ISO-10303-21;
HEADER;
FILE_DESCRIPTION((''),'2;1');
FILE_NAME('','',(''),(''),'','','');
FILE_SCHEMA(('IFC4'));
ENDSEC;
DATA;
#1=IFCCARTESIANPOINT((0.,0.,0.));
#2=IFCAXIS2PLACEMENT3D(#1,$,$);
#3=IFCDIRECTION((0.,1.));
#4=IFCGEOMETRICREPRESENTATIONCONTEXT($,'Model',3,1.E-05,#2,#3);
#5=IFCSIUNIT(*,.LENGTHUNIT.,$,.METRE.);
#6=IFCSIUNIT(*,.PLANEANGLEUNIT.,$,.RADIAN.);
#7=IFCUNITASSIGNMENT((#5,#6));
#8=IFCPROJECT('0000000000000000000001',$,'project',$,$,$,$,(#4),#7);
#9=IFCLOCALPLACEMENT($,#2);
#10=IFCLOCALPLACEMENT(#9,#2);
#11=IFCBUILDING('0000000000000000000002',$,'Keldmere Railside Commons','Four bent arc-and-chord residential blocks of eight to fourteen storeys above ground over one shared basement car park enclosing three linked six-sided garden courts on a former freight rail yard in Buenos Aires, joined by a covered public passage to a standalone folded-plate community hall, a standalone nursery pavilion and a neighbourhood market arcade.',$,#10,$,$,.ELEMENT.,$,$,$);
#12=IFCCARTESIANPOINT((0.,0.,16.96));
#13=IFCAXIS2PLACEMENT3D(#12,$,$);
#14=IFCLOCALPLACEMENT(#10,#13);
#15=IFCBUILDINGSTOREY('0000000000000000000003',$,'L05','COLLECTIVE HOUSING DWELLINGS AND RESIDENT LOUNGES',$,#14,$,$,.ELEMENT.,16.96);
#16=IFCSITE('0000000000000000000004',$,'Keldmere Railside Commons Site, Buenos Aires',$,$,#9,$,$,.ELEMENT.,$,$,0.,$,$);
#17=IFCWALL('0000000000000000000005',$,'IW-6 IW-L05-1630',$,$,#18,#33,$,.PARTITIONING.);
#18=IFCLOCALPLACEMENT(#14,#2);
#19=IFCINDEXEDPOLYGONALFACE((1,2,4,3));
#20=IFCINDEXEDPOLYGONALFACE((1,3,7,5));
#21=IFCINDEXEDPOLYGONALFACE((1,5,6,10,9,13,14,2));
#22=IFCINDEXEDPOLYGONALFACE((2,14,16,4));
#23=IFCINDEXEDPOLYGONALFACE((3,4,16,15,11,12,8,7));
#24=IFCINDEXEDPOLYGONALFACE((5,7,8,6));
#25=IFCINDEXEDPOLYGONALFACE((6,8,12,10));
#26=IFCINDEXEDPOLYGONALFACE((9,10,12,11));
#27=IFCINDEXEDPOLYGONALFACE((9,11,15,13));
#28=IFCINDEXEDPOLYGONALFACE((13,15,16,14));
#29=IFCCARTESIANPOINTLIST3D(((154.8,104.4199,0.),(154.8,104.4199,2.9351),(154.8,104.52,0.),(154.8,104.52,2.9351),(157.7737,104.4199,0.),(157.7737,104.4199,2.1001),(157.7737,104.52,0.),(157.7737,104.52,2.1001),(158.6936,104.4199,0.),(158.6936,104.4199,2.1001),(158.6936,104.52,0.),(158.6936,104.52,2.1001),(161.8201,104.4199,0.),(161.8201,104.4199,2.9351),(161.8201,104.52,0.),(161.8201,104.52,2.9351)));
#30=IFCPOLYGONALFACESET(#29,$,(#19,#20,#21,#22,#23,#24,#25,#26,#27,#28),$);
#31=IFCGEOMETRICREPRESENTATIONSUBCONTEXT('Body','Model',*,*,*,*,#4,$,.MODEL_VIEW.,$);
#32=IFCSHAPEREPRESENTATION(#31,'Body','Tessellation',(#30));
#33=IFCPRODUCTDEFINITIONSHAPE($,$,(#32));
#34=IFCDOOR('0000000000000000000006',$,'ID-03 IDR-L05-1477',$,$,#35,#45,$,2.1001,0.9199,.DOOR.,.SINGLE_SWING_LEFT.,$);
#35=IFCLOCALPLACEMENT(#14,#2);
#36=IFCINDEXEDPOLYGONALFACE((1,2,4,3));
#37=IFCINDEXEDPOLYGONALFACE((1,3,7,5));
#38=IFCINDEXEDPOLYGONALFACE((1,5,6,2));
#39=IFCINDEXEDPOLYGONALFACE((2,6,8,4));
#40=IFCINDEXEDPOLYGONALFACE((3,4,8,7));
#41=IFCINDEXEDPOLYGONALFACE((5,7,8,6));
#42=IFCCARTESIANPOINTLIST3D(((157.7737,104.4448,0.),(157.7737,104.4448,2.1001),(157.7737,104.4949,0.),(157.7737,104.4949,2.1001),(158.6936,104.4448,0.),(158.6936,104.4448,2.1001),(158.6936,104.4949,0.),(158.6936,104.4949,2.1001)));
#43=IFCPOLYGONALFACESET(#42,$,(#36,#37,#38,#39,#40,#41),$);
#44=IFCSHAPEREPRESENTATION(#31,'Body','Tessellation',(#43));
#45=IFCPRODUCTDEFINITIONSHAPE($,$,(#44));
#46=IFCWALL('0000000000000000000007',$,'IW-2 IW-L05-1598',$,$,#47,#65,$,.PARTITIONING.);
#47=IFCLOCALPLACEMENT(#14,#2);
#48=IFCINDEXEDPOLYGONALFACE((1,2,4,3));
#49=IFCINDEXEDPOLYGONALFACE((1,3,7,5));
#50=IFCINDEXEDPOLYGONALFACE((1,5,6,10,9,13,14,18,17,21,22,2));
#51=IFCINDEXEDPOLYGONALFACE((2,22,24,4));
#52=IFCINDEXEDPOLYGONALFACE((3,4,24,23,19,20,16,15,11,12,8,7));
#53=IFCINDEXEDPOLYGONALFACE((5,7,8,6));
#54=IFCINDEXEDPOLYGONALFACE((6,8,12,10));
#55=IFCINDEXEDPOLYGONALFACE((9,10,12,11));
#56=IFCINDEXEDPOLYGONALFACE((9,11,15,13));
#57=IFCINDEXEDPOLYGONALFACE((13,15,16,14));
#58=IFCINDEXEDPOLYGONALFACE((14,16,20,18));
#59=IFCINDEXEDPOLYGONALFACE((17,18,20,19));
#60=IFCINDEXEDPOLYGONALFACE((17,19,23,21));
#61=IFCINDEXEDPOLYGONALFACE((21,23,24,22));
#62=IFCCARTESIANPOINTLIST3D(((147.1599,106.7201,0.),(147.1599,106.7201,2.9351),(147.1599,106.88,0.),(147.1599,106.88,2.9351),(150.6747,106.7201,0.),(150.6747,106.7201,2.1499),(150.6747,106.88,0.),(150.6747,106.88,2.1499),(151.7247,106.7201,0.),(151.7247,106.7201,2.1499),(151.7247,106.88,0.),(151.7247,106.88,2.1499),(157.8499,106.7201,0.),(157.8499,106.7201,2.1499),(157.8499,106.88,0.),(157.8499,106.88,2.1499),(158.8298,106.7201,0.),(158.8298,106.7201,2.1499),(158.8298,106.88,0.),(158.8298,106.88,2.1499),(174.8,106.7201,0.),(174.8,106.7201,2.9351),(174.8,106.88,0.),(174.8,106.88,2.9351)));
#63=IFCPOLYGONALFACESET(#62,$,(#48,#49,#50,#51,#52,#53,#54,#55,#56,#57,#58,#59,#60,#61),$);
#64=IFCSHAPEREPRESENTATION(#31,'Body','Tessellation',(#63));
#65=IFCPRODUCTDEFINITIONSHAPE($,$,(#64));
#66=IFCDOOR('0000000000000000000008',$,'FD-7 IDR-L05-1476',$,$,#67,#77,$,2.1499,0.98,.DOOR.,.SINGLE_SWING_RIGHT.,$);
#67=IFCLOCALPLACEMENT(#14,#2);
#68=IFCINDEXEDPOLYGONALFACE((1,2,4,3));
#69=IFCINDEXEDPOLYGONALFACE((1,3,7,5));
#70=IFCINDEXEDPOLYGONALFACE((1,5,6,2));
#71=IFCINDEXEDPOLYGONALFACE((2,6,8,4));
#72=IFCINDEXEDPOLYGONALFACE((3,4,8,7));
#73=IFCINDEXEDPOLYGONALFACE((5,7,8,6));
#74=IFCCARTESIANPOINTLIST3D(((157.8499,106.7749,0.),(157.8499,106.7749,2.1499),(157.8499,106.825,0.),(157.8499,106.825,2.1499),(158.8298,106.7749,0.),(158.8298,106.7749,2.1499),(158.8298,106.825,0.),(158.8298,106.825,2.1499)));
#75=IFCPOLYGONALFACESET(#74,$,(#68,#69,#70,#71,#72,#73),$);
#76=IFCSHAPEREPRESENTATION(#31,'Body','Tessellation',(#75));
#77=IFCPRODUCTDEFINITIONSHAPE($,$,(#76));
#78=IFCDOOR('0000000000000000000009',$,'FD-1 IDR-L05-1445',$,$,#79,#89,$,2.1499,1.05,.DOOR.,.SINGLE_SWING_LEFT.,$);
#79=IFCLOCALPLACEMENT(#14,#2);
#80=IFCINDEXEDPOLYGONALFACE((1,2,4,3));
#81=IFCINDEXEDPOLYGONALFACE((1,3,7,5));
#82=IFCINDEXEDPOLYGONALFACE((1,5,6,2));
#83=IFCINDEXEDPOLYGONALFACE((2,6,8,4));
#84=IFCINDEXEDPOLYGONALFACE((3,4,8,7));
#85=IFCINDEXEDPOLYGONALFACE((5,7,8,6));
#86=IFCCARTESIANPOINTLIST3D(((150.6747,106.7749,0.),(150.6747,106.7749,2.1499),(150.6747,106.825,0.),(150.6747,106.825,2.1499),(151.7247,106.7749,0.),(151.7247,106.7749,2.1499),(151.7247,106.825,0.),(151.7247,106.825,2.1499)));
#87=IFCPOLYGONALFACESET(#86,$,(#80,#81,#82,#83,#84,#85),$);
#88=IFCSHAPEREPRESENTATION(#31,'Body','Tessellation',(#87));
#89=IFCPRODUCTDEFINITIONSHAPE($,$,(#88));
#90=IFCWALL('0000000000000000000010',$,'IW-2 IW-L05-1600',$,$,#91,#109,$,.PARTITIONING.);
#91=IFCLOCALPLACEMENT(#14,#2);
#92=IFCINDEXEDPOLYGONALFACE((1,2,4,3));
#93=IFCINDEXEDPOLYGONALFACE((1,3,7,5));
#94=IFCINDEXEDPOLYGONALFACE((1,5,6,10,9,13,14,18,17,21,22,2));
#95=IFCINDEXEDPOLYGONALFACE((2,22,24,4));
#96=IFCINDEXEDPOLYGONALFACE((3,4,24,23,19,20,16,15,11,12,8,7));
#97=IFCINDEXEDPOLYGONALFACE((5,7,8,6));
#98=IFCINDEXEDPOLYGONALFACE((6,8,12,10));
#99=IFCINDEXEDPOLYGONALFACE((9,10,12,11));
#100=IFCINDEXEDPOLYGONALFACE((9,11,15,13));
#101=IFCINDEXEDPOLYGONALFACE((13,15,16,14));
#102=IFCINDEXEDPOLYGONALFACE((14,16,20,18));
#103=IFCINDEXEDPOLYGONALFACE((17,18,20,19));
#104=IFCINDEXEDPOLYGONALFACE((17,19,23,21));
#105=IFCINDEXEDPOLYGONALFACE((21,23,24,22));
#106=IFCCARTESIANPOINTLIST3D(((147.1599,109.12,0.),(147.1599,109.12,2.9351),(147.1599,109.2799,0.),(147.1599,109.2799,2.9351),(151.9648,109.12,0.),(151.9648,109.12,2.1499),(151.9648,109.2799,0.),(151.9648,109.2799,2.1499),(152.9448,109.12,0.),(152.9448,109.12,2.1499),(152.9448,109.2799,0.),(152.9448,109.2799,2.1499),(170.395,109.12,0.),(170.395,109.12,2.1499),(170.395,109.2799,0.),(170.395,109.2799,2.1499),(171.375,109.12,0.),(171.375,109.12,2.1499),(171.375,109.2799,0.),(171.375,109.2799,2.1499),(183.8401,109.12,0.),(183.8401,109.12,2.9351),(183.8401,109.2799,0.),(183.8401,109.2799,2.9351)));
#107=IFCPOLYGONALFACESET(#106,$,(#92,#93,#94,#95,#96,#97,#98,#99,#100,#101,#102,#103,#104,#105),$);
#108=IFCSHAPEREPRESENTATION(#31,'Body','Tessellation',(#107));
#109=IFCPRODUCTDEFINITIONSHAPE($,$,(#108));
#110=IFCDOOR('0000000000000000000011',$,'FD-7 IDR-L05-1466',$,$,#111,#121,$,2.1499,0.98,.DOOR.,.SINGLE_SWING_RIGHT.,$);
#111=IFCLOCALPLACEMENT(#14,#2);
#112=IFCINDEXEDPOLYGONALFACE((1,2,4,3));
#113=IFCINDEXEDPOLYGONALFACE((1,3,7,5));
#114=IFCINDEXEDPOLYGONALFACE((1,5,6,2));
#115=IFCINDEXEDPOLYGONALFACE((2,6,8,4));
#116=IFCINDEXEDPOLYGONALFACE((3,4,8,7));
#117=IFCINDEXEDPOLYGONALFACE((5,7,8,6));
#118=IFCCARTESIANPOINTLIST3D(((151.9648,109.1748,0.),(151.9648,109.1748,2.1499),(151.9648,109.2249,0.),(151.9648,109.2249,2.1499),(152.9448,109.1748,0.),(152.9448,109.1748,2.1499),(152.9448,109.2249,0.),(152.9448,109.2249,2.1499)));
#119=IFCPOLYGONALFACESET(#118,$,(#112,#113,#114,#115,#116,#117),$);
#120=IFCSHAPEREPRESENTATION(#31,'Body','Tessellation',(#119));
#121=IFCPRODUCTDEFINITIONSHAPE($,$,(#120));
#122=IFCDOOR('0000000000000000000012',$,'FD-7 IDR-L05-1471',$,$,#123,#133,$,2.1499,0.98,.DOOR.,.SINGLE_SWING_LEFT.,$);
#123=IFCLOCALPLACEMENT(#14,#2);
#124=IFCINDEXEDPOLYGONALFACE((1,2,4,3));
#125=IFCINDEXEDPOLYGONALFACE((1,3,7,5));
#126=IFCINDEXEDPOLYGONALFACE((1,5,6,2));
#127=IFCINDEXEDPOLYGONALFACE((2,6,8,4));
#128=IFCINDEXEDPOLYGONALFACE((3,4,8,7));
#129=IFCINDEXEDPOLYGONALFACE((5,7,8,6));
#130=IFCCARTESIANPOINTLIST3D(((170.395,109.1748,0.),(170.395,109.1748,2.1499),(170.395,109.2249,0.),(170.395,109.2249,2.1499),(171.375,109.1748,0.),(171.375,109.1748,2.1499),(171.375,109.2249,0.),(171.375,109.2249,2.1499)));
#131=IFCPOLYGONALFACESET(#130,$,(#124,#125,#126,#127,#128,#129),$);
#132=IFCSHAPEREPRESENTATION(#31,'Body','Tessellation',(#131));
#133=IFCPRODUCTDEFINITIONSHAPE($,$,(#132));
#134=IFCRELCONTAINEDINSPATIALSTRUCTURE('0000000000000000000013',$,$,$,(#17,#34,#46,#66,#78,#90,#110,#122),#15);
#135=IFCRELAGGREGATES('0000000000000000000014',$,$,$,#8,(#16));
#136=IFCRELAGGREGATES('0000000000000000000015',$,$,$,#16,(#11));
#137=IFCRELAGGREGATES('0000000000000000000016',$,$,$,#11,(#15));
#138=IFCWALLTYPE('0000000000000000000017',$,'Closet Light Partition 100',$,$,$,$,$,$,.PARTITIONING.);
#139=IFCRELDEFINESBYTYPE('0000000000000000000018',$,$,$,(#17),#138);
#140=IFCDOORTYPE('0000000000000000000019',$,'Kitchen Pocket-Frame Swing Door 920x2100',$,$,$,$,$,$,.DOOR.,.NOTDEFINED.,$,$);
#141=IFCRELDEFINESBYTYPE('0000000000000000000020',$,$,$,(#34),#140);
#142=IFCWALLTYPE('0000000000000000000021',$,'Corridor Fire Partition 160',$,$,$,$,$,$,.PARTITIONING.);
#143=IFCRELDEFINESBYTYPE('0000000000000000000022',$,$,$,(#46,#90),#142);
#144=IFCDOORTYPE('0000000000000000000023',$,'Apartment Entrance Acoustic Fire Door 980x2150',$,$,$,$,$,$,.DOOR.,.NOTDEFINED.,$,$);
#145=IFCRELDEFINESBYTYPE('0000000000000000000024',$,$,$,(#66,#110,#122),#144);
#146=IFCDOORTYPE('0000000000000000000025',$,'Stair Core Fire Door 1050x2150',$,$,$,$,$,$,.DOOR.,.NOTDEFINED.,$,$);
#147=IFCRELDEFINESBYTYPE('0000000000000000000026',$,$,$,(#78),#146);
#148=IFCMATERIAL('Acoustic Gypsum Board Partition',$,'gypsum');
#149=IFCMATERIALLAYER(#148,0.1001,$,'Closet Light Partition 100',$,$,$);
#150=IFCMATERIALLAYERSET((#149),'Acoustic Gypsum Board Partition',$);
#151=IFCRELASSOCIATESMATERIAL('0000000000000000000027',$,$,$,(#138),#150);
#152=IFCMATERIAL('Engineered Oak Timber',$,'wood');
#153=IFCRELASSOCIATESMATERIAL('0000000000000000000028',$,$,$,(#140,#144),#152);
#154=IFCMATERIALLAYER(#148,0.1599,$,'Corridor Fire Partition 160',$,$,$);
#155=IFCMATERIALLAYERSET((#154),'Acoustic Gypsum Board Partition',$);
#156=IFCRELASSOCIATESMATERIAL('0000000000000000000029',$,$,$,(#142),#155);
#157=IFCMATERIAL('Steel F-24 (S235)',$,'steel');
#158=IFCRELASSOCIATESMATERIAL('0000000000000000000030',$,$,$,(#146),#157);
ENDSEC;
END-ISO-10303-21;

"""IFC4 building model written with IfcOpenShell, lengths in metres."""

from ifc_helpers import new_model, si_unit, direction, frame, frame_2d, origin, place, context, subcontext, project, spatial, rectangle, extrude, material, layer, layer_set, type_object, element, fill, save


model = new_model("IFC4")

# Units and contexts
model_context = context("Model", 3, precision=1e-05, world=origin(), true_north=direction((0.0, 1.0)))
body_context = subcontext(model_context, "Body", "Model", "MODEL_VIEW")
ifc_project = project(units=[si_unit("LENGTHUNIT", "METRE"), si_unit("PLANEANGLEUNIT", "RADIAN")], contexts=[model_context])

# Site, building, storey
site_placement = place(None, origin())
site = spatial("IfcSite", under=ifc_project, at=site_placement, Name="Keldmere Railside Commons Site, Buenos Aires", CompositionType="ELEMENT", RefElevation=0.0)
building_placement = place(site_placement, origin())
building = spatial("IfcBuilding", under=site, at=building_placement, Name="Keldmere Railside Commons", Description="Four bent arc-and-chord residential blocks of eight to fourteen storeys above ground over one shared basement car park enclosing three linked six-sided garden courts on a former freight rail yard in Buenos Aires, joined by a covered public passage to a standalone folded-plate community hall, a standalone nursery pavilion and a neighbourhood market arcade.", CompositionType="ELEMENT")
storey_placement = place(building_placement, frame((0.0, 0.0, 16.96)))
storey = spatial("IfcBuildingStorey", under=building, at=storey_placement, Name="L05", Description="COLLECTIVE HOUSING DWELLINGS AND RESIDENT LOUNGES", CompositionType="ELEMENT", Elevation=16.96)

# Wall, opening, door
ifc_material_1 = material(Name="Acoustic Gypsum Board Partition", Category="gypsum")
ifc_layer_1 = layer(ifc_material_1, 0.1001, Name="Closet Light Partition 100")
ifc_layer_set_1 = layer_set([ifc_layer_1], Name="Acoustic Gypsum Board Partition")
wall_type_1 = type_object("IfcWallType", Name="Closet Light Partition 100", PredefinedType="PARTITIONING", material=ifc_layer_set_1)
ifc_material_2 = material(Name="Engineered Oak Timber", Category="wood")
door_type_1 = type_object("IfcDoorType", Name="Kitchen Pocket-Frame Swing Door 920x2100", OperationType="NOTDEFINED", PredefinedType="DOOR", material=ifc_material_2)
wall_1_placement = place(storey_placement, frame((154.8, 104.47, 0.0), z_axis=(0.0, 0.0, 1.0), x_axis=(1.0, 0.0, 0.0)))
wall_1 = element("IfcWall", 1, at=wall_1_placement, inside=storey, type_object=wall_type_1, Name="IW-6 IW-L05-1630", PredefinedType="PARTITIONING", context=body_context, shape_type="SweptSolid", body=[
    extrude(rectangle(XDim=7.02, YDim=0.1001, at=frame_2d((3.51, 0.0))), origin(), (0.0, 0.0, 1.0), 2.9351),
])
opening_1_placement = place(wall_1_placement, frame((2.9736, 0.0, 0.0)))
opening_1 = element("IfcOpeningElement", 2, at=opening_1_placement, cuts=wall_1, PredefinedType="OPENING", context=body_context, shape_type="SweptSolid", body=[
    extrude(rectangle(XDim=0.9199, YDim=2.1001, at=frame_2d((0.46, 1.05))), frame((0.0, 0.0601, 0.0), z_axis=(0.0, -1.0, 0.0), x_axis=(1.0, 0.0, 0.0)), (0.0, 0.0, 1.0), 0.1201),
])
door_1_placement = place(opening_1_placement, origin())
door_1 = element("IfcDoor", 3, at=door_1_placement, inside=storey, type_object=door_type_1, Name="ID-03 IDR-L05-1477", OperationType="SINGLE_SWING_LEFT", OverallHeight=2.1001, OverallWidth=0.9199, PredefinedType="DOOR", context=body_context, shape_type="SweptSolid", body=[
    extrude(rectangle(XDim=0.9199, YDim=2.1001, at=frame_2d((0.46, 1.05))), frame((0.0, 0.0249, 0.0), z_axis=(0.0, -1.0, 0.0), x_axis=(1.0, 0.0, 0.0)), (0.0, 0.0, 1.0), 0.05),
])
fill(opening_1, door_1)

# Walls, openings, doors
ifc_layer_2 = layer(ifc_material_1, 0.1599, Name="Corridor Fire Partition 160")
ifc_layer_set_2 = layer_set([ifc_layer_2], Name="Acoustic Gypsum Board Partition")
wall_type_2 = type_object("IfcWallType", Name="Corridor Fire Partition 160", PredefinedType="PARTITIONING", material=ifc_layer_set_2)
wall_2_placement = place(storey_placement, frame((147.1599, 106.8, 0.0), z_axis=(0.0, 0.0, 1.0), x_axis=(1.0, 0.0, 0.0)))
wall_2 = element("IfcWall", 4, at=wall_2_placement, inside=storey, type_object=wall_type_2, Name="IW-2 IW-L05-1598", PredefinedType="PARTITIONING", context=body_context, shape_type="SweptSolid", body=[
    extrude(rectangle(XDim=27.6401, YDim=0.1599, at=frame_2d((13.8201, 0.0))), origin(), (0.0, 0.0, 1.0), 2.9351),
])
opening_2_placement = place(wall_2_placement, frame((3.5149, 0.0, 0.0)))
opening_2 = element("IfcOpeningElement", 5, at=opening_2_placement, cuts=wall_2, PredefinedType="OPENING", context=body_context, shape_type="SweptSolid", body=[
    extrude(rectangle(XDim=1.05, YDim=2.1499, at=frame_2d((0.5249, 1.075))), frame((0.0, 0.0898, 0.0), z_axis=(0.0, -1.0, 0.0), x_axis=(1.0, 0.0, 0.0)), (0.0, 0.0, 1.0), 0.1799),
])
opening_3_placement = place(wall_2_placement, frame((10.6899, 0.0, 0.0)))
opening_3 = element("IfcOpeningElement", 6, at=opening_3_placement, cuts=wall_2, PredefinedType="OPENING", context=body_context, shape_type="SweptSolid", body=[
    extrude(rectangle(XDim=0.98, YDim=2.1499, at=frame_2d((0.49, 1.075))), frame((0.0, 0.0898, 0.0), z_axis=(0.0, -1.0, 0.0), x_axis=(1.0, 0.0, 0.0)), (0.0, 0.0, 1.0), 0.1799),
])
door_type_2 = type_object("IfcDoorType", Name="Apartment Entrance Acoustic Fire Door 980x2150", OperationType="NOTDEFINED", PredefinedType="DOOR", material=ifc_material_2)
door_2_placement = place(opening_3_placement, origin())
door_2 = element("IfcDoor", 7, at=door_2_placement, inside=storey, type_object=door_type_2, Name="FD-7 IDR-L05-1476", OperationType="SINGLE_SWING_RIGHT", OverallHeight=2.1499, OverallWidth=0.98, PredefinedType="DOOR", context=body_context, shape_type="SweptSolid", body=[
    extrude(rectangle(XDim=0.98, YDim=2.1499, at=frame_2d((0.49, 1.075))), frame((0.0, 0.0249, 0.0), z_axis=(0.0, -1.0, 0.0), x_axis=(1.0, 0.0, 0.0)), (0.0, 0.0, 1.0), 0.05),
])
fill(opening_3, door_2)
ifc_material_3 = material(Name="Steel F-24 (S235)", Category="steel")
door_type_3 = type_object("IfcDoorType", Name="Stair Core Fire Door 1050x2150", OperationType="NOTDEFINED", PredefinedType="DOOR", material=ifc_material_3)
door_3_placement = place(opening_2_placement, origin())
door_3 = element("IfcDoor", 8, at=door_3_placement, inside=storey, type_object=door_type_3, Name="FD-1 IDR-L05-1445", OperationType="SINGLE_SWING_LEFT", OverallHeight=2.1499, OverallWidth=1.05, PredefinedType="DOOR", context=body_context, shape_type="SweptSolid", body=[
    extrude(rectangle(XDim=1.05, YDim=2.1499, at=frame_2d((0.5249, 1.075))), frame((0.0, 0.0249, 0.0), z_axis=(0.0, -1.0, 0.0), x_axis=(1.0, 0.0, 0.0)), (0.0, 0.0, 1.0), 0.05),
])
fill(opening_2, door_3)
wall_3_placement = place(storey_placement, frame((147.1599, 109.2, 0.0), z_axis=(0.0, 0.0, 1.0), x_axis=(1.0, 0.0, 0.0)))
wall_3 = element("IfcWall", 9, at=wall_3_placement, inside=storey, type_object=wall_type_2, Name="IW-2 IW-L05-1600", PredefinedType="PARTITIONING", context=body_context, shape_type="SweptSolid", body=[
    extrude(rectangle(XDim=36.6802, YDim=0.1599, at=frame_2d((18.3401, 0.0))), origin(), (0.0, 0.0, 1.0), 2.9351),
])
opening_4_placement = place(wall_3_placement, frame((4.8049, 0.0, 0.0)))
opening_4 = element("IfcOpeningElement", 10, at=opening_4_placement, cuts=wall_3, PredefinedType="OPENING", context=body_context, shape_type="SweptSolid", body=[
    extrude(rectangle(XDim=0.98, YDim=2.1499, at=frame_2d((0.49, 1.075))), frame((0.0, 0.0898, 0.0), z_axis=(0.0, -1.0, 0.0), x_axis=(1.0, 0.0, 0.0)), (0.0, 0.0, 1.0), 0.1799),
])
opening_5_placement = place(wall_3_placement, frame((23.2351, 0.0, 0.0)))
opening_5 = element("IfcOpeningElement", 11, at=opening_5_placement, cuts=wall_3, PredefinedType="OPENING", context=body_context, shape_type="SweptSolid", body=[
    extrude(rectangle(XDim=0.98, YDim=2.1499, at=frame_2d((0.49, 1.075))), frame((0.0, 0.0898, 0.0), z_axis=(0.0, -1.0, 0.0), x_axis=(1.0, 0.0, 0.0)), (0.0, 0.0, 1.0), 0.1799),
])
door_4_placement = place(opening_4_placement, origin())
door_4 = element("IfcDoor", 12, at=door_4_placement, inside=storey, type_object=door_type_2, Name="FD-7 IDR-L05-1466", OperationType="SINGLE_SWING_RIGHT", OverallHeight=2.1499, OverallWidth=0.98, PredefinedType="DOOR", context=body_context, shape_type="SweptSolid", body=[
    extrude(rectangle(XDim=0.98, YDim=2.1499, at=frame_2d((0.49, 1.075))), frame((0.0, 0.0249, 0.0), z_axis=(0.0, -1.0, 0.0), x_axis=(1.0, 0.0, 0.0)), (0.0, 0.0, 1.0), 0.05),
])
fill(opening_4, door_4)
door_5_placement = place(opening_5_placement, origin())
door_5 = element("IfcDoor", 13, at=door_5_placement, inside=storey, type_object=door_type_2, Name="FD-7 IDR-L05-1471", OperationType="SINGLE_SWING_LEFT", OverallHeight=2.1499, OverallWidth=0.98, PredefinedType="DOOR", context=body_context, shape_type="SweptSolid", body=[
    extrude(rectangle(XDim=0.98, YDim=2.1499, at=frame_2d((0.49, 1.075))), frame((0.0, 0.0249, 0.0), z_axis=(0.0, -1.0, 0.0), x_axis=(1.0, 0.0, 0.0)), (0.0, 0.0, 1.0), 0.05),
])
fill(opening_5, door_5)

save(model, "model.ifc")
